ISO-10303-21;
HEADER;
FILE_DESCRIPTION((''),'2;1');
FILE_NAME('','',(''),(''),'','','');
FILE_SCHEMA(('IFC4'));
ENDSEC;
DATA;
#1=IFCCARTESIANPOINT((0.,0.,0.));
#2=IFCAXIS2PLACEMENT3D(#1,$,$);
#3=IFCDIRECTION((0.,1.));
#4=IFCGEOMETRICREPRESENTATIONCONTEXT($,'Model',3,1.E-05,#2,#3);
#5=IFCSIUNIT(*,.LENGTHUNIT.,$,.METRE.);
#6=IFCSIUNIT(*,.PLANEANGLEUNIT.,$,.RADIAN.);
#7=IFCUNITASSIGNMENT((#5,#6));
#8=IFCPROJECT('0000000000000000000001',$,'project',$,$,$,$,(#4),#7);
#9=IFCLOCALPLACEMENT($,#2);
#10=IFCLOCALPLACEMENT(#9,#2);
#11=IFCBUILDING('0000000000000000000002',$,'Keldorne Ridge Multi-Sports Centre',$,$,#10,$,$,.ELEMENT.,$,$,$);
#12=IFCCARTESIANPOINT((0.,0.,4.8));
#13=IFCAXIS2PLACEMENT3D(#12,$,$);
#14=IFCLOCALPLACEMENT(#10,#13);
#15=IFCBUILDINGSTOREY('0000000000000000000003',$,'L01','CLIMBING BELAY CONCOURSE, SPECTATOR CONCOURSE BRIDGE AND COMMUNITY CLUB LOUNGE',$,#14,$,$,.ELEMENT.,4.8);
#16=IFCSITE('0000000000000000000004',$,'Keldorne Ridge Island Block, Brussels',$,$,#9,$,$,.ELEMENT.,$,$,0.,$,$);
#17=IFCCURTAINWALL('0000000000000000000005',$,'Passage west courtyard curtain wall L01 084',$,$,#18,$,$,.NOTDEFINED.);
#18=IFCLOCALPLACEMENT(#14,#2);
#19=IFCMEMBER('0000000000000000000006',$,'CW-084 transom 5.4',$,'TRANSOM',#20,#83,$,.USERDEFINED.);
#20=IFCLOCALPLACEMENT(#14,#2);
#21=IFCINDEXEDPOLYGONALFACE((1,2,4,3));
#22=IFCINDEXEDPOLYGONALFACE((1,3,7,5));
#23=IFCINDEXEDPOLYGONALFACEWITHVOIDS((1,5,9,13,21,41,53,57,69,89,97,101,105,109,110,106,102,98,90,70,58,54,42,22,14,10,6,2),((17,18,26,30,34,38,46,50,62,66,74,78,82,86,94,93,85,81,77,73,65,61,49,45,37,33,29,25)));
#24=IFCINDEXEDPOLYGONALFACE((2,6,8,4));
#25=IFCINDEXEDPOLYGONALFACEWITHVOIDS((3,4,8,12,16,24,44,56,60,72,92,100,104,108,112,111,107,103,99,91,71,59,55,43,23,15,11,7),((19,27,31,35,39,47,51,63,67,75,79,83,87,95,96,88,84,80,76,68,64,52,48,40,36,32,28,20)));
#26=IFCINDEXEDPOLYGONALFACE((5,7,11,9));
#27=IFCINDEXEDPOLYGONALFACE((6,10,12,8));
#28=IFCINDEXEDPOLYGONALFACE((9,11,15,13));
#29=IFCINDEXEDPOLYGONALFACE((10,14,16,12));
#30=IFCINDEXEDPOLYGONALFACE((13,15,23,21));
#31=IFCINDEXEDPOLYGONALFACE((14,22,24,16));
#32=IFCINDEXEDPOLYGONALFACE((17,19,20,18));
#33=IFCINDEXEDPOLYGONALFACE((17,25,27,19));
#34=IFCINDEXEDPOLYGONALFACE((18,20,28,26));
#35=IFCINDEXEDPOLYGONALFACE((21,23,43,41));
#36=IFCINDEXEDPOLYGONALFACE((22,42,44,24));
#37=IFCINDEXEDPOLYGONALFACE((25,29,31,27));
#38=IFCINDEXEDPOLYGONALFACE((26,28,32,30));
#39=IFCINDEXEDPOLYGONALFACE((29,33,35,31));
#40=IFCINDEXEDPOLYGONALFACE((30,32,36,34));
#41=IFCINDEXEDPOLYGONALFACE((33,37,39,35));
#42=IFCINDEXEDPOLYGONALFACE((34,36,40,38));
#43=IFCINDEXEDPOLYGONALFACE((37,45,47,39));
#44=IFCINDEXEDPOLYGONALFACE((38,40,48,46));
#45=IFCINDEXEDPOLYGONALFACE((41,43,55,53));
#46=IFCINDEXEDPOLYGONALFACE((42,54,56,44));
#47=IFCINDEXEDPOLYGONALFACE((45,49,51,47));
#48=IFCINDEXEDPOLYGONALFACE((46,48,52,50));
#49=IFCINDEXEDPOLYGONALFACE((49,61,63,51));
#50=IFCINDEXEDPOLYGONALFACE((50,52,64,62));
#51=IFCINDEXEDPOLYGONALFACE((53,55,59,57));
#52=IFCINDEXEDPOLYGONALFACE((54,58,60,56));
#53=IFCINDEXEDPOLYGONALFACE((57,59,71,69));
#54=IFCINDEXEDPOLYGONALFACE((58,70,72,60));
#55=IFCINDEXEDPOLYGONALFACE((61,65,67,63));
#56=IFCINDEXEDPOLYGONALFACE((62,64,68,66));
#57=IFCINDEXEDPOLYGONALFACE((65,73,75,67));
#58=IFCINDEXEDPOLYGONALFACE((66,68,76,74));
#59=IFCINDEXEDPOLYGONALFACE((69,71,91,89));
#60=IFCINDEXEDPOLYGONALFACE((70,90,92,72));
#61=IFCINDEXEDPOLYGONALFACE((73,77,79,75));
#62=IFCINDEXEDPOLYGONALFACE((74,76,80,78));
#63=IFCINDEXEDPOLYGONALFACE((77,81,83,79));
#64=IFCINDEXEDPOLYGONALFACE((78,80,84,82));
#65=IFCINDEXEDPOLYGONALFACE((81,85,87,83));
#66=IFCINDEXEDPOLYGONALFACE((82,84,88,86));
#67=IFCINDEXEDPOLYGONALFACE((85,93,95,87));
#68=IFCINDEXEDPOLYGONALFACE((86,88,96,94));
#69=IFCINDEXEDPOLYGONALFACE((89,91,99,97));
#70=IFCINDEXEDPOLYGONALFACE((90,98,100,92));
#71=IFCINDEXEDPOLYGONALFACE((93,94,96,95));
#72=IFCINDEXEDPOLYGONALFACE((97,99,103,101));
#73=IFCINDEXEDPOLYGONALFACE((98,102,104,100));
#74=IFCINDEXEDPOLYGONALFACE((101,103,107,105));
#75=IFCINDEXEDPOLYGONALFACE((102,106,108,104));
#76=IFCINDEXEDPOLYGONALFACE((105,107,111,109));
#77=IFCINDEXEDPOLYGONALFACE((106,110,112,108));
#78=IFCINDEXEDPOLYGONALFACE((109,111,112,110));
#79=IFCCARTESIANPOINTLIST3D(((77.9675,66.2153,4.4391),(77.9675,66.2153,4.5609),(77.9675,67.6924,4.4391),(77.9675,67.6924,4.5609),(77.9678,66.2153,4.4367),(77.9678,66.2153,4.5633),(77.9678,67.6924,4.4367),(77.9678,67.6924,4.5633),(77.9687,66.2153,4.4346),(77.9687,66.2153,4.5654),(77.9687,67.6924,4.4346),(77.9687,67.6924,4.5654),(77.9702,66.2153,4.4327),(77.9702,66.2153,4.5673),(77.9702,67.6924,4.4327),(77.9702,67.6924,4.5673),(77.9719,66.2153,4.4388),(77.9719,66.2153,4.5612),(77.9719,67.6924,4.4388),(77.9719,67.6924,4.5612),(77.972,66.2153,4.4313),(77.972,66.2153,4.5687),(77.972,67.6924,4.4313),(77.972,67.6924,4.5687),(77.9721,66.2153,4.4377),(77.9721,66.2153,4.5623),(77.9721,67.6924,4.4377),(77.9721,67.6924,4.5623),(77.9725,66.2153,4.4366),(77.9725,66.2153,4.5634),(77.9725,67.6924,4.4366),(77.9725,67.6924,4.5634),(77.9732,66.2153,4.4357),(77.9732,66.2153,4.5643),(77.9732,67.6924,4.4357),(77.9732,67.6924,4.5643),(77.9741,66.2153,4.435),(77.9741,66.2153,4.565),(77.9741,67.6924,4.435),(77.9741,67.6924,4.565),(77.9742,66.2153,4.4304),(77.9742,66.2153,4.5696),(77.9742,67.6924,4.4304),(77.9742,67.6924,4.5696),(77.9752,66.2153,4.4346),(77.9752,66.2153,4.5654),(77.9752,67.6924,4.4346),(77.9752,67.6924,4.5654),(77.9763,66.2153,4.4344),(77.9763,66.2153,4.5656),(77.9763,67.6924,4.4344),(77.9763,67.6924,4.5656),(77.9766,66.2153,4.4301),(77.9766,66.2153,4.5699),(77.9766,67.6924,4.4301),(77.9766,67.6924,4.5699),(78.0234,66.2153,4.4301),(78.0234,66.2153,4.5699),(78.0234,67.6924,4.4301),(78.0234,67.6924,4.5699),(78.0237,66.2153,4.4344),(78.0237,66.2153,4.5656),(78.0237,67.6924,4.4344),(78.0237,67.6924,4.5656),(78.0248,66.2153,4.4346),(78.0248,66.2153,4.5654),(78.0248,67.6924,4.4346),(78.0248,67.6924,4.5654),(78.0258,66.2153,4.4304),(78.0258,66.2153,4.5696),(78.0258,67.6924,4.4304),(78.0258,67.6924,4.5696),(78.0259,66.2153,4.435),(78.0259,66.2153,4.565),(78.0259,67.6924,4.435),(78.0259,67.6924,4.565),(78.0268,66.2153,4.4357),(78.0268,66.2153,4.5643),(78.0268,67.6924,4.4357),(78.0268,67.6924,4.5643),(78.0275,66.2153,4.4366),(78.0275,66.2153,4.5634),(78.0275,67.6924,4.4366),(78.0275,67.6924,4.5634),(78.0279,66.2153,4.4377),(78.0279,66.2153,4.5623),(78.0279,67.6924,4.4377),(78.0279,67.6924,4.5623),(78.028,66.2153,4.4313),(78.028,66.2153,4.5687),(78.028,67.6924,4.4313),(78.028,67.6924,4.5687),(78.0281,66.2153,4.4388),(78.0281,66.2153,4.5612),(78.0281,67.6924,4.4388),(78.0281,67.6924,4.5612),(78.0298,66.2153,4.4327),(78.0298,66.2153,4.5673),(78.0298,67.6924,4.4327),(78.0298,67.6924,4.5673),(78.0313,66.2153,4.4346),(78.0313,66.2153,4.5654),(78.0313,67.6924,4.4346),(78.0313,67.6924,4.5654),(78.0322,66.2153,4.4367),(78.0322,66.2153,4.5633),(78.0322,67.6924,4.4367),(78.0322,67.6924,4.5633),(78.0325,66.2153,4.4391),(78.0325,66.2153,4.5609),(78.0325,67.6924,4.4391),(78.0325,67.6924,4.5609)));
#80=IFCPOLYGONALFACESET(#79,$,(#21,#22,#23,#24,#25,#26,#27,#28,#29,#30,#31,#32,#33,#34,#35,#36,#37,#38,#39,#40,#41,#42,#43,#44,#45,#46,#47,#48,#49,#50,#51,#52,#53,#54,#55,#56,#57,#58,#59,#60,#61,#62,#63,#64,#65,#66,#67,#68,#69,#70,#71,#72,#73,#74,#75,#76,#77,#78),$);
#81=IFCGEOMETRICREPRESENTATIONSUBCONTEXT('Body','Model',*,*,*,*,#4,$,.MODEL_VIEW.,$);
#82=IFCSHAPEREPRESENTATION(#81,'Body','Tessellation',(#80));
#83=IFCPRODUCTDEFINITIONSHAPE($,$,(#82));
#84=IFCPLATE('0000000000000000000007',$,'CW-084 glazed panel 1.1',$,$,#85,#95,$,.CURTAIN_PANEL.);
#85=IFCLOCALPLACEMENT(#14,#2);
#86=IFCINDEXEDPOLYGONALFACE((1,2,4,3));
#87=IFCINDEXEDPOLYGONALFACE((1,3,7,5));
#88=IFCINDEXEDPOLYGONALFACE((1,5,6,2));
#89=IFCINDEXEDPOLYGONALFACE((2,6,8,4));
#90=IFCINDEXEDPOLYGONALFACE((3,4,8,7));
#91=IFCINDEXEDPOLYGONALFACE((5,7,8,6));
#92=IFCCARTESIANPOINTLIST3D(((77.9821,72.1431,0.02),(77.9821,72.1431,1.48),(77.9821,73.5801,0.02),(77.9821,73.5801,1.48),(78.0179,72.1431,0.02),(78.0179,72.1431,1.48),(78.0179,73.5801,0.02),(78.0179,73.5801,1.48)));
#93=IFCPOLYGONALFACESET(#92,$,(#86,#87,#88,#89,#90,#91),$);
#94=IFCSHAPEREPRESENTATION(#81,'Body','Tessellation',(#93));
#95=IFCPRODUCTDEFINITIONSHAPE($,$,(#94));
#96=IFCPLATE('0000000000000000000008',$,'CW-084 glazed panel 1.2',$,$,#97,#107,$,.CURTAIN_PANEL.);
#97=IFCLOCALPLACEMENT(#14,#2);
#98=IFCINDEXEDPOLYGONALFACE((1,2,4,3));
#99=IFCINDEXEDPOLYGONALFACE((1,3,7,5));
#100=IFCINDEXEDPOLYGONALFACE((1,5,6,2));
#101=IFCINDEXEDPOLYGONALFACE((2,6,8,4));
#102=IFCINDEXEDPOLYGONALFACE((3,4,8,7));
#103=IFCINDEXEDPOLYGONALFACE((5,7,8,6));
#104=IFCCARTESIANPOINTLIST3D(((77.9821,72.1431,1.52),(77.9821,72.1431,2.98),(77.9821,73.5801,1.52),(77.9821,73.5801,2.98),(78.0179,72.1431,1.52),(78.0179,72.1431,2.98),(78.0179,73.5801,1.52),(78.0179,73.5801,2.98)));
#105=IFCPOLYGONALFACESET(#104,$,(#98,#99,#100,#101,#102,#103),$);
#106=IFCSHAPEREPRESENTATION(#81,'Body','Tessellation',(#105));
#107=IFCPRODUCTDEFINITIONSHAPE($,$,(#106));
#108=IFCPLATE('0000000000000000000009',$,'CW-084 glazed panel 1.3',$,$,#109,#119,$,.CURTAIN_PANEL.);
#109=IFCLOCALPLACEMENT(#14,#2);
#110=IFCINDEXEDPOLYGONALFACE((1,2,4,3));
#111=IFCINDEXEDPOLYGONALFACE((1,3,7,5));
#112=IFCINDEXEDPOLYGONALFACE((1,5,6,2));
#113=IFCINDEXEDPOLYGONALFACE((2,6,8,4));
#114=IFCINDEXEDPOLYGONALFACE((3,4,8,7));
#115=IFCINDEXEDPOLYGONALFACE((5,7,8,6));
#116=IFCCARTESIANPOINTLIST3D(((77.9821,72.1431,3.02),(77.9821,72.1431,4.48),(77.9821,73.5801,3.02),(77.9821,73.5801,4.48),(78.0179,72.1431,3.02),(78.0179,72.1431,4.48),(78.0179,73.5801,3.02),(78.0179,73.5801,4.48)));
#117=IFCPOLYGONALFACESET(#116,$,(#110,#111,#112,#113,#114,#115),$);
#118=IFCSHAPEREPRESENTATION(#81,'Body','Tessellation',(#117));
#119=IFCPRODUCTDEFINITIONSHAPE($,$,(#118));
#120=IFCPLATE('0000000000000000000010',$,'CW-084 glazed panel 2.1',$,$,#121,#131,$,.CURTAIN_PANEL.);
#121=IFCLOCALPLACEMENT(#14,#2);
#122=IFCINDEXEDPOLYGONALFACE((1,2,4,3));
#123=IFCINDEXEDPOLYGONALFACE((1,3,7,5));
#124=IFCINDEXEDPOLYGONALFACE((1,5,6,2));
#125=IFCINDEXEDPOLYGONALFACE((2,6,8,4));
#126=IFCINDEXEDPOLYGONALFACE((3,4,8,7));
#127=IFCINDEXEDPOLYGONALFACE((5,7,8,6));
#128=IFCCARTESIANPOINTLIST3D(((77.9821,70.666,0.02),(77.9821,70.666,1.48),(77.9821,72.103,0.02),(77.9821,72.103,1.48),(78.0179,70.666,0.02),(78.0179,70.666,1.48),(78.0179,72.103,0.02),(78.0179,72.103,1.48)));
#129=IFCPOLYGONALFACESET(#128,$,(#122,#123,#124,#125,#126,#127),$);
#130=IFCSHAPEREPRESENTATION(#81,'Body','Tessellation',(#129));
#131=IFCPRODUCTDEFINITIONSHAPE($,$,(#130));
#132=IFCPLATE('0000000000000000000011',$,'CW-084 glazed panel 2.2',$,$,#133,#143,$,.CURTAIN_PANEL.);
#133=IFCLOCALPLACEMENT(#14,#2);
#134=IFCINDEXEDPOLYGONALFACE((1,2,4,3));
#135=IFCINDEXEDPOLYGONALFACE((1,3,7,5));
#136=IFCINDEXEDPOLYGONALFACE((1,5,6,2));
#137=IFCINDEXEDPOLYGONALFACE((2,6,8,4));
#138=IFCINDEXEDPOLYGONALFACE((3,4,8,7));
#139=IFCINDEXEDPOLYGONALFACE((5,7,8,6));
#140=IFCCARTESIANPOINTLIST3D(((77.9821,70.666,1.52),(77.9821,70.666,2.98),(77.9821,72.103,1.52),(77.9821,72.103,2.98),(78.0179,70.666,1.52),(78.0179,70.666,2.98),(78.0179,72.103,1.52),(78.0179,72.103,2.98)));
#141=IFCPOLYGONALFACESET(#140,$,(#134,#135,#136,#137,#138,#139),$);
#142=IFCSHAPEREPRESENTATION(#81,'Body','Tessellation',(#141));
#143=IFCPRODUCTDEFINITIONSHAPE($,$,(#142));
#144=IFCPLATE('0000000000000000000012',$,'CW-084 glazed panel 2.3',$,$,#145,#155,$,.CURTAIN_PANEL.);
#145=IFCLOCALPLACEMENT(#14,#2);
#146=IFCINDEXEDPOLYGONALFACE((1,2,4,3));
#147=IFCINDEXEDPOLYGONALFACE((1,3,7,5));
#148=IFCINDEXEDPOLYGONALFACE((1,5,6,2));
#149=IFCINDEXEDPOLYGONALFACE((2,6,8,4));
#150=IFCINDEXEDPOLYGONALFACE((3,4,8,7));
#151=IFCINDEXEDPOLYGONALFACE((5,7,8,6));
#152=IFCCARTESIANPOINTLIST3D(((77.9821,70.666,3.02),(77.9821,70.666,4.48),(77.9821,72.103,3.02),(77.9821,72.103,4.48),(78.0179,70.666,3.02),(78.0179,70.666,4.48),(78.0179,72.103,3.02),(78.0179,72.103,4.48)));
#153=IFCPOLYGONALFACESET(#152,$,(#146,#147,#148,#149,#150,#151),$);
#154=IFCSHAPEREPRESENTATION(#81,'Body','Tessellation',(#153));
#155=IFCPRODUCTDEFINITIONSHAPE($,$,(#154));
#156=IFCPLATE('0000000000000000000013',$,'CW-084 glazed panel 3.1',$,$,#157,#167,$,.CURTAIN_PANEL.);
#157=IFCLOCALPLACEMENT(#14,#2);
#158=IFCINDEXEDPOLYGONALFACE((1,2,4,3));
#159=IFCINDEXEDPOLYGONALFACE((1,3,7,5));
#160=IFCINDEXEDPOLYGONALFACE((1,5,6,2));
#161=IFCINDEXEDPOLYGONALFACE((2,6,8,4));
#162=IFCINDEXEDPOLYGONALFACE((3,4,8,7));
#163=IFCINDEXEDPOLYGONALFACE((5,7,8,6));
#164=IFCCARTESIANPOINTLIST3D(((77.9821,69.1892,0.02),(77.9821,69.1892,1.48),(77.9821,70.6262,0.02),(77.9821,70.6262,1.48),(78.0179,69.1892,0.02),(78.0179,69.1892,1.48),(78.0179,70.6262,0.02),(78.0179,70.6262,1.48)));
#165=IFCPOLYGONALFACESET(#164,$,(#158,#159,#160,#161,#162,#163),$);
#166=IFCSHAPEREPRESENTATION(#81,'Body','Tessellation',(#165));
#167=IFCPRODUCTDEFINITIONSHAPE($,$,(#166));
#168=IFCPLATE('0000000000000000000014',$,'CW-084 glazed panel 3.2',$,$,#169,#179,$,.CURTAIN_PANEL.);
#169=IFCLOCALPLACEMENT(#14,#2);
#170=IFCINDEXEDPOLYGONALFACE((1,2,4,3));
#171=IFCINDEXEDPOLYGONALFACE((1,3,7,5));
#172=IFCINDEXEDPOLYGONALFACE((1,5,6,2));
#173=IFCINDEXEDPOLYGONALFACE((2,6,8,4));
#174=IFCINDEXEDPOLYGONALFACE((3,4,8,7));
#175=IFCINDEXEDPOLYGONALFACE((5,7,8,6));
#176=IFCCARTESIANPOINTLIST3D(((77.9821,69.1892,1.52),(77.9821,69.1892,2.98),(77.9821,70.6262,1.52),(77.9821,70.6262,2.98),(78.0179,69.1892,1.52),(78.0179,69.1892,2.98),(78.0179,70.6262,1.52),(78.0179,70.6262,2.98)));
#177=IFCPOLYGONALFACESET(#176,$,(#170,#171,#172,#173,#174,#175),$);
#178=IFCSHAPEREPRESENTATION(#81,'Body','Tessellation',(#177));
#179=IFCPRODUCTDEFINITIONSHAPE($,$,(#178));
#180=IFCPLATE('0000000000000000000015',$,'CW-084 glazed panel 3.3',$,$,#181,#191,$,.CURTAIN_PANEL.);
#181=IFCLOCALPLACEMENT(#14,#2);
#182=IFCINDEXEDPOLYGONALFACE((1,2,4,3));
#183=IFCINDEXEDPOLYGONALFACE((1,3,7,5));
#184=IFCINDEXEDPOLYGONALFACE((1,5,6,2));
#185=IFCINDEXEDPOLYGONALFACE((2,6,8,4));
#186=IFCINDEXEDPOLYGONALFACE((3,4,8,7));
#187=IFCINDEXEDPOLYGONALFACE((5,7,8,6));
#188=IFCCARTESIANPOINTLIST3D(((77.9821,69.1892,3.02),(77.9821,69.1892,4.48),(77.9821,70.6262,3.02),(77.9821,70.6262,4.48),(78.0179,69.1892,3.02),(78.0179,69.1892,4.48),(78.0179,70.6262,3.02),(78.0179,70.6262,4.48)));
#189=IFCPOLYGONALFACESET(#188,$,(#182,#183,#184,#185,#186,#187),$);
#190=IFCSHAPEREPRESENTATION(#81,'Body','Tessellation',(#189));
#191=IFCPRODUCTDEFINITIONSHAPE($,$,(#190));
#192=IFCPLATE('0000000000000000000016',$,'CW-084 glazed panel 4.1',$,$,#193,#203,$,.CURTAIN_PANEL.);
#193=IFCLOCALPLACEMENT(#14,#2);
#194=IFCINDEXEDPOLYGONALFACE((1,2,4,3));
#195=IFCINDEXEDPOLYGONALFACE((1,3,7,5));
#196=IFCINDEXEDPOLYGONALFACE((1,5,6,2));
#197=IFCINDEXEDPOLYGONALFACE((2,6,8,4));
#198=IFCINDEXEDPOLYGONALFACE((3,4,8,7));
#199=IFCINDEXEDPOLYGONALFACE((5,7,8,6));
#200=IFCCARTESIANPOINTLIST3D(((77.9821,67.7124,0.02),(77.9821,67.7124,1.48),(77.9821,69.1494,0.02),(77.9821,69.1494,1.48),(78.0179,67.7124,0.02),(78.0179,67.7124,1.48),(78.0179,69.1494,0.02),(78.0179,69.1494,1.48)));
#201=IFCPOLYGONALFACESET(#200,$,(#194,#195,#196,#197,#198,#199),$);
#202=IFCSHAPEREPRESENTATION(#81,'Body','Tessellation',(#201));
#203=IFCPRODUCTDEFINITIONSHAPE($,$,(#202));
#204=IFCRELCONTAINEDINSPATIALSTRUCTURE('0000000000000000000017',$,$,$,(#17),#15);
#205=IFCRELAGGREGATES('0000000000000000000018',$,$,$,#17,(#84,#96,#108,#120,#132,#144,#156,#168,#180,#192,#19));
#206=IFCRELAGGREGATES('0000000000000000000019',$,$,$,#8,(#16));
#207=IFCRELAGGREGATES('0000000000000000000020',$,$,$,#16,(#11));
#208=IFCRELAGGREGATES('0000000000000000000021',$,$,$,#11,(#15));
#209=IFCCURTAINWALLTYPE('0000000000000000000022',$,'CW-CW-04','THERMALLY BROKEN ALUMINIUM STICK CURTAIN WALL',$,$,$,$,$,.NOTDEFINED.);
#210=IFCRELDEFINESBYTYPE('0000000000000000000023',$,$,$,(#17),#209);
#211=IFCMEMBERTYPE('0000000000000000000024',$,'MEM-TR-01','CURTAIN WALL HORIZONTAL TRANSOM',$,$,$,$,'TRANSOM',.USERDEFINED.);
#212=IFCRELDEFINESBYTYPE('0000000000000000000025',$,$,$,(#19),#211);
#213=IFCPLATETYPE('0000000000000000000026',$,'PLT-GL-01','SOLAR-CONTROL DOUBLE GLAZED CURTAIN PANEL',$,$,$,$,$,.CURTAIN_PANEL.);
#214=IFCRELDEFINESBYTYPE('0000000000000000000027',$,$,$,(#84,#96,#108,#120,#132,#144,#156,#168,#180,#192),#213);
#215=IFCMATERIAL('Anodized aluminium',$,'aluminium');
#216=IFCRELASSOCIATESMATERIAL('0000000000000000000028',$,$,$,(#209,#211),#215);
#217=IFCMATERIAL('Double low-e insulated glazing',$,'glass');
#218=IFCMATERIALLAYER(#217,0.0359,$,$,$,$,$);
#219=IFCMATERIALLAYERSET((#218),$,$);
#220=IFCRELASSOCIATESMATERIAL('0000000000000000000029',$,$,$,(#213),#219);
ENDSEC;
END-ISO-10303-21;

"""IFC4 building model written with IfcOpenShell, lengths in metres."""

from ifc_helpers import new_model, si_unit, direction, frame, origin, origin_2d, place, context, subcontext, project, spatial, rectangle, hollow_rectangle, extrude, material, layer, layer_set, material_profile, profile_set, type_object, element, aggregate, save


model = new_model("IFC4")

# Units and contexts
model_context = context("Model", 3, precision=1e-05, world=origin(), true_north=direction((0.0, 1.0)))
body_context = subcontext(model_context, "Body", "Model", "MODEL_VIEW")
ifc_project = project(units=[si_unit("LENGTHUNIT", "METRE"), si_unit("PLANEANGLEUNIT", "RADIAN")], contexts=[model_context])

# Site, building, storey
site_placement = place(None, origin())
site = spatial("IfcSite", under=ifc_project, at=site_placement, Name="Keldorne Ridge Island Block, Brussels", CompositionType="ELEMENT", RefElevation=0.0)
building_placement = place(site_placement, origin())
building = spatial("IfcBuilding", under=site, at=building_placement, Name="Keldorne Ridge Multi-Sports Centre", CompositionType="ELEMENT")
storey_placement = place(building_placement, frame((0.0, 0.0, 4.8)))
storey = spatial("IfcBuildingStorey", under=building, at=storey_placement, Name="L01", Description="CLIMBING BELAY CONCOURSE, SPECTATOR CONCOURSE BRIDGE AND COMMUNITY CLUB LOUNGE", CompositionType="ELEMENT", Elevation=4.8)

# Curtain wall, member, plates
ifc_material_1 = material(Name="Anodized aluminium", Category="aluminium")
curtain_wall_type = type_object("IfcCurtainWallType", Name="CW-CW-04", Description="THERMALLY BROKEN ALUMINIUM STICK CURTAIN WALL", PredefinedType="NOTDEFINED", material=ifc_material_1)
curtain_wall_placement = place(storey_placement, origin())
curtain_wall = element("IfcCurtainWall", 1, at=curtain_wall_placement, inside=storey, type_object=curtain_wall_type, Name="Passage west courtyard curtain wall L01 084", PredefinedType="NOTDEFINED")
ifc_material_profile_1 = material_profile(ifc_material_1, hollow_rectangle(XDim=0.0649, YDim=0.1399, WallThickness=0.0044, InnerFilletRadius=0.0044, OuterFilletRadius=0.009, at=origin_2d()), Name="ALU TRANSOM 140x65x4.5")
ifc_profile_set_1 = profile_set([ifc_material_profile_1], Name="Anodized aluminium")
member_type_1 = type_object("IfcMemberType", Name="MEM-TR-01", Description="CURTAIN WALL HORIZONTAL TRANSOM", ElementType="TRANSOM", PredefinedType="USERDEFINED", material=ifc_profile_set_1)
member_1_placement = place(storey_placement, frame((78.0, 67.6924, 4.5), z_axis=(0.0, -1.0, 0.0), x_axis=(1.0, 0.0, 0.0)))
member_1 = element("IfcMember", 2, at=member_1_placement, type_object=member_type_1, Name="CW-084 transom 5.4", ObjectType="TRANSOM", PredefinedType="USERDEFINED", context=body_context, shape_type="SweptSolid", body=[
    extrude(hollow_rectangle(XDim=0.0649, YDim=0.1399, WallThickness=0.0044, InnerFilletRadius=0.0044, OuterFilletRadius=0.009, at=origin_2d()), origin(), (0.0, 0.0, 1.0), 1.4771),
])
ifc_material_2 = material(Name="Double low-e insulated glazing", Category="glass")
ifc_layer = layer(ifc_material_2, 0.0359)
ifc_layer_set = layer_set([ifc_layer])
plate_type = type_object("IfcPlateType", Name="PLT-GL-01", Description="SOLAR-CONTROL DOUBLE GLAZED CURTAIN PANEL", PredefinedType="CURTAIN_PANEL", material=ifc_layer_set)
plate_1_placement = place(storey_placement, frame((78.0, 72.8616, 0.02), z_axis=(0.0, 0.0, 1.0), x_axis=(0.0, -1.0, 0.0)))
plate_1 = element("IfcPlate", 3, at=plate_1_placement, type_object=plate_type, Name="CW-084 glazed panel 1.1", PredefinedType="CURTAIN_PANEL", context=body_context, shape_type="SweptSolid", body=[
    extrude(rectangle(XDim=1.437, YDim=0.0359, at=origin_2d()), origin(), (0.0, 0.0, 1.0), 1.46),
])
plate_2_placement = place(storey_placement, frame((78.0, 72.8616, 1.52), z_axis=(0.0, 0.0, 1.0), x_axis=(0.0, -1.0, 0.0)))
plate_2 = element("IfcPlate", 4, at=plate_2_placement, type_object=plate_type, Name="CW-084 glazed panel 1.2", PredefinedType="CURTAIN_PANEL", context=body_context, shape_type="SweptSolid", body=[
    extrude(rectangle(XDim=1.437, YDim=0.0359, at=origin_2d()), origin(), (0.0, 0.0, 1.0), 1.46),
])
plate_3_placement = place(storey_placement, frame((78.0, 72.8616, 3.02), z_axis=(0.0, 0.0, 1.0), x_axis=(0.0, -1.0, 0.0)))
plate_3 = element("IfcPlate", 5, at=plate_3_placement, type_object=plate_type, Name="CW-084 glazed panel 1.3", PredefinedType="CURTAIN_PANEL", context=body_context, shape_type="SweptSolid", body=[
    extrude(rectangle(XDim=1.437, YDim=0.0359, at=origin_2d()), origin(), (0.0, 0.0, 1.0), 1.46),
])
plate_4_placement = place(storey_placement, frame((78.0, 71.3845, 0.02), z_axis=(0.0, 0.0, 1.0), x_axis=(0.0, -1.0, 0.0)))
plate_4 = element("IfcPlate", 6, at=plate_4_placement, type_object=plate_type, Name="CW-084 glazed panel 2.1", PredefinedType="CURTAIN_PANEL", context=body_context, shape_type="SweptSolid", body=[
    extrude(rectangle(XDim=1.437, YDim=0.0359, at=origin_2d()), origin(), (0.0, 0.0, 1.0), 1.46),
])
plate_5_placement = place(storey_placement, frame((78.0, 71.3845, 1.52), z_axis=(0.0, 0.0, 1.0), x_axis=(0.0, -1.0, 0.0)))
plate_5 = element("IfcPlate", 7, at=plate_5_placement, type_object=plate_type, Name="CW-084 glazed panel 2.2", PredefinedType="CURTAIN_PANEL", context=body_context, shape_type="SweptSolid", body=[
    extrude(rectangle(XDim=1.437, YDim=0.0359, at=origin_2d()), origin(), (0.0, 0.0, 1.0), 1.46),
])
plate_6_placement = place(storey_placement, frame((78.0, 71.3845, 3.02), z_axis=(0.0, 0.0, 1.0), x_axis=(0.0, -1.0, 0.0)))
plate_6 = element("IfcPlate", 8, at=plate_6_placement, type_object=plate_type, Name="CW-084 glazed panel 2.3", PredefinedType="CURTAIN_PANEL", context=body_context, shape_type="SweptSolid", body=[
    extrude(rectangle(XDim=1.437, YDim=0.0359, at=origin_2d()), origin(), (0.0, 0.0, 1.0), 1.46),
])
plate_7_placement = place(storey_placement, frame((78.0, 69.9077, 0.02), z_axis=(0.0, 0.0, 1.0), x_axis=(0.0, -1.0, 0.0)))
plate_7 = element("IfcPlate", 9, at=plate_7_placement, type_object=plate_type, Name="CW-084 glazed panel 3.1", PredefinedType="CURTAIN_PANEL", context=body_context, shape_type="SweptSolid", body=[
    extrude(rectangle(XDim=1.437, YDim=0.0359, at=origin_2d()), origin(), (0.0, 0.0, 1.0), 1.46),
])
plate_8_placement = place(storey_placement, frame((78.0, 69.9077, 1.52), z_axis=(0.0, 0.0, 1.0), x_axis=(0.0, -1.0, 0.0)))
plate_8 = element("IfcPlate", 10, at=plate_8_placement, type_object=plate_type, Name="CW-084 glazed panel 3.2", PredefinedType="CURTAIN_PANEL", context=body_context, shape_type="SweptSolid", body=[
    extrude(rectangle(XDim=1.437, YDim=0.0359, at=origin_2d()), origin(), (0.0, 0.0, 1.0), 1.46),
])
plate_9_placement = place(storey_placement, frame((78.0, 69.9077, 3.02), z_axis=(0.0, 0.0, 1.0), x_axis=(0.0, -1.0, 0.0)))
plate_9 = element("IfcPlate", 11, at=plate_9_placement, type_object=plate_type, Name="CW-084 glazed panel 3.3", PredefinedType="CURTAIN_PANEL", context=body_context, shape_type="SweptSolid", body=[
    extrude(rectangle(XDim=1.437, YDim=0.0359, at=origin_2d()), origin(), (0.0, 0.0, 1.0), 1.46),
])
plate_10_placement = place(storey_placement, frame((78.0, 68.4309, 0.02), z_axis=(0.0, 0.0, 1.0), x_axis=(0.0, -1.0, 0.0)))
plate_10 = element("IfcPlate", 12, at=plate_10_placement, type_object=plate_type, Name="CW-084 glazed panel 4.1", PredefinedType="CURTAIN_PANEL", context=body_context, shape_type="SweptSolid", body=[
    extrude(rectangle(XDim=1.437, YDim=0.0359, at=origin_2d()), origin(), (0.0, 0.0, 1.0), 1.46),
])
aggregate(curtain_wall, [plate_1, plate_2, plate_3, plate_4, plate_5, plate_6, plate_7, plate_8, plate_9, plate_10, member_1])

save(model, "model.ifc")
